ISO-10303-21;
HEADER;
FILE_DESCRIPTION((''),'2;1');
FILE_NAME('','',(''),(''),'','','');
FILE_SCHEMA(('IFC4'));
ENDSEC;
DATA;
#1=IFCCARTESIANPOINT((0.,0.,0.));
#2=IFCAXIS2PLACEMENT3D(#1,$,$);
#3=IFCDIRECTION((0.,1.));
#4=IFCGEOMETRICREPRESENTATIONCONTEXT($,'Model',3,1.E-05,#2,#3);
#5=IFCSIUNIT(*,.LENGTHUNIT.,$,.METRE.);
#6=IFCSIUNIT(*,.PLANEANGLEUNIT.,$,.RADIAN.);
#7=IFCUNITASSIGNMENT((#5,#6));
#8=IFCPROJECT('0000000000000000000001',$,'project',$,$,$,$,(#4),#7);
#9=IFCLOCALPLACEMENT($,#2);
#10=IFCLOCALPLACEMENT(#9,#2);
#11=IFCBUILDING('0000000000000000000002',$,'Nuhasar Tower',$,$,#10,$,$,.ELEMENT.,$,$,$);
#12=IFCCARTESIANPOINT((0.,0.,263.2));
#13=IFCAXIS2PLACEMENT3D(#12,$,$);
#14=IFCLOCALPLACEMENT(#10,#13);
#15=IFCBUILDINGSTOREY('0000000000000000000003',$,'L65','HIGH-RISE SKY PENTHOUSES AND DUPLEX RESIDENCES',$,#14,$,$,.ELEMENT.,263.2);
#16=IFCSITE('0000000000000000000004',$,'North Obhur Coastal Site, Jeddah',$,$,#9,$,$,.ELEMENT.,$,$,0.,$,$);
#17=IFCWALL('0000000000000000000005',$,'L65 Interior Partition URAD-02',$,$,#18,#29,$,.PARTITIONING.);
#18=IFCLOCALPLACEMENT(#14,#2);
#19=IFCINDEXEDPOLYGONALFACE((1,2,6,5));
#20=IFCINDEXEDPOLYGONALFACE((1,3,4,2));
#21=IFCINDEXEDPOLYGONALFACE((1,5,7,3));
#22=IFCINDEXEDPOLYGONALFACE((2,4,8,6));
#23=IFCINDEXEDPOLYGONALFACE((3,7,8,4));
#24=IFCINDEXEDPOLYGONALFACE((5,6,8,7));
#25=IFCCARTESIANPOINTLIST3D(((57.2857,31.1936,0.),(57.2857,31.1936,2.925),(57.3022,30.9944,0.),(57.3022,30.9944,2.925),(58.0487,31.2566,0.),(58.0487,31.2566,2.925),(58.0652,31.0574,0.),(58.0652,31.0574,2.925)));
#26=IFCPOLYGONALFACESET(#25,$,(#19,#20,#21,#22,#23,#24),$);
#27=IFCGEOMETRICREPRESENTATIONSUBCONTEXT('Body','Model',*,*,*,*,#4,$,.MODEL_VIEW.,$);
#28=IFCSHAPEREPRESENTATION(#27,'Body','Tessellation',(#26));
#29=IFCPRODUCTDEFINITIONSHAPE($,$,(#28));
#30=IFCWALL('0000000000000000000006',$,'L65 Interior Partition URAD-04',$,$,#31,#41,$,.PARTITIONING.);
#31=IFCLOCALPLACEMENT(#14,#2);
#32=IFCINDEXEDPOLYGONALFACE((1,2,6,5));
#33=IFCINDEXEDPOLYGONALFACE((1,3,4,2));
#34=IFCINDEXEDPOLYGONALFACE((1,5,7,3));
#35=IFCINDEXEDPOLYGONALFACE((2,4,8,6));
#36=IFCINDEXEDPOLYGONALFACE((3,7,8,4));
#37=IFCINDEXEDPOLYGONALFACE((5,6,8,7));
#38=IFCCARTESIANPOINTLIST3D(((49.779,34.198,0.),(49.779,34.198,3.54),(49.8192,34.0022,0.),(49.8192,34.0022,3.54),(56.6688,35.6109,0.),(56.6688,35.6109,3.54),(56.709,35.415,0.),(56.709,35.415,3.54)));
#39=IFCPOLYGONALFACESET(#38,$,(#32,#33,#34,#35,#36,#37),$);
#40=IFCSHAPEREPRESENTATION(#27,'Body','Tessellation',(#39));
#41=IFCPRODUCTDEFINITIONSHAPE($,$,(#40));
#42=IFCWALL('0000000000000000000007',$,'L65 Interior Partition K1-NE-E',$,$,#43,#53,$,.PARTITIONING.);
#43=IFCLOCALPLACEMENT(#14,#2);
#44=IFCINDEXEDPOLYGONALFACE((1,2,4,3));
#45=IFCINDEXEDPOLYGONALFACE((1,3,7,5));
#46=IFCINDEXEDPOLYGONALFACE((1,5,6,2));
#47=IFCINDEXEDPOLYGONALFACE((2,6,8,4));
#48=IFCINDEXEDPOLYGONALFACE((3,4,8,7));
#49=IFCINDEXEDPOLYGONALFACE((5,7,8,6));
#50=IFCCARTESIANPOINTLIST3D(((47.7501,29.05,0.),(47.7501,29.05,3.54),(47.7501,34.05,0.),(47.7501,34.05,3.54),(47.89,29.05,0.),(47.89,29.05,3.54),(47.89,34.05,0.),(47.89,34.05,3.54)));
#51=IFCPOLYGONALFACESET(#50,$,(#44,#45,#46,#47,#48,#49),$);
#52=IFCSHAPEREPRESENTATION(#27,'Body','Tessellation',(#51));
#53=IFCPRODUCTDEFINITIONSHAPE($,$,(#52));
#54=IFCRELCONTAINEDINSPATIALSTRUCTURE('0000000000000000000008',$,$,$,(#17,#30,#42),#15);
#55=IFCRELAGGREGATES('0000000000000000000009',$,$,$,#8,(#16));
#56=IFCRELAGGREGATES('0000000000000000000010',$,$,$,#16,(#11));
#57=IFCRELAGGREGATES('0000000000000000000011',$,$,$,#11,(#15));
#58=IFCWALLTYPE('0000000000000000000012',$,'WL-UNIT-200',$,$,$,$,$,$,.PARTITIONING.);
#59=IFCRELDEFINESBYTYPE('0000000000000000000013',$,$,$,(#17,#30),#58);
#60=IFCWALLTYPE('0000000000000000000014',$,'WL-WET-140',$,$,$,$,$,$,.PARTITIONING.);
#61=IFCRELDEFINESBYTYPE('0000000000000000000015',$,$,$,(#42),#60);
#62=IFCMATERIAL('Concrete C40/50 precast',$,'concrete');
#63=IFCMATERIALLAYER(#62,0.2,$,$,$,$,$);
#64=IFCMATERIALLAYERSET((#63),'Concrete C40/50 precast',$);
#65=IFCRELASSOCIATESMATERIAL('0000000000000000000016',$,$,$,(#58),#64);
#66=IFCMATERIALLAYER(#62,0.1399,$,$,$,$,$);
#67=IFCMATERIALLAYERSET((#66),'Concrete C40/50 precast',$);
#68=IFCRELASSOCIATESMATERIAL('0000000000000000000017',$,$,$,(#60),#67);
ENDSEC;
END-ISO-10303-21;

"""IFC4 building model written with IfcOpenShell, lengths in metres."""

from ifc_helpers import new_model, si_unit, direction, frame, frame_2d, origin, place, context, subcontext, project, spatial, rectangle, extrude, material, layer, layer_set, type_object, element, save


model = new_model("IFC4")

# Units and contexts
model_context = context("Model", 3, precision=1e-05, world=origin(), true_north=direction((0.0, 1.0)))
body_context = subcontext(model_context, "Body", "Model", "MODEL_VIEW")
ifc_project = project(units=[si_unit("LENGTHUNIT", "METRE"), si_unit("PLANEANGLEUNIT", "RADIAN")], contexts=[model_context])

# Site, building, storey
site_placement = place(None, origin())
site = spatial("IfcSite", under=ifc_project, at=site_placement, Name="North Obhur Coastal Site, Jeddah", CompositionType="ELEMENT", RefElevation=0.0)
building_placement = place(site_placement, origin())
building = spatial("IfcBuilding", under=site, at=building_placement, Name="Nuhasar Tower", CompositionType="ELEMENT")
storey_placement = place(building_placement, frame((0.0, 0.0, 263.2)))
storey = spatial("IfcBuildingStorey", under=building, at=storey_placement, Name="L65", Description="HIGH-RISE SKY PENTHOUSES AND DUPLEX RESIDENCES", CompositionType="ELEMENT", Elevation=263.2)

# Walls
ifc_material_1 = material(Name="Concrete C40/50 precast", Category="concrete")
ifc_layer_1 = layer(ifc_material_1, 0.2)
ifc_layer_set_1 = layer_set([ifc_layer_1], Name="Concrete C40/50 precast")
wall_type_1 = type_object("IfcWallType", Name="WL-UNIT-200", PredefinedType="PARTITIONING", material=ifc_layer_set_1)
wall_1_placement = place(storey_placement, frame((57.2939, 31.094, 0.0), z_axis=(0.0, 0.0, 1.0), x_axis=(0.996609, 0.08228, 0.0)))
element("IfcWall", 1, at=wall_1_placement, inside=storey, type_object=wall_type_1, Name="L65 Interior Partition URAD-02", PredefinedType="PARTITIONING", context=body_context, shape_type="SweptSolid", body=[
    extrude(rectangle(XDim=0.7656, YDim=0.2, at=frame_2d((0.3828, 0.0))), origin(), (0.0, 0.0, 1.0), 2.925),
])
wall_2_placement = place(storey_placement, frame((49.7991, 34.1001, 0.0), z_axis=(0.0, 0.0, 1.0), x_axis=(0.979616, 0.20088, 0.0)))
element("IfcWall", 2, at=wall_2_placement, inside=storey, type_object=wall_type_1, Name="L65 Interior Partition URAD-04", PredefinedType="PARTITIONING", context=body_context, shape_type="SweptSolid", body=[
    extrude(rectangle(XDim=7.0332, YDim=0.2, at=frame_2d((3.5166, 0.0))), origin(), (0.0, 0.0, 1.0), 3.54),
])
ifc_layer_2 = layer(ifc_material_1, 0.1399)
ifc_layer_set_2 = layer_set([ifc_layer_2], Name="Concrete C40/50 precast")
wall_type_2 = type_object("IfcWallType", Name="WL-WET-140", PredefinedType="PARTITIONING", material=ifc_layer_set_2)
wall_3_placement = place(storey_placement, frame((47.8201, 29.05, 0.0), z_axis=(0.0, 0.0, 1.0), x_axis=(0.0, 1.0, 0.0)))
element("IfcWall", 3, at=wall_3_placement, inside=storey, type_object=wall_type_2, Name="L65 Interior Partition K1-NE-E", PredefinedType="PARTITIONING", context=body_context, shape_type="SweptSolid", body=[
    extrude(rectangle(XDim=5.0, YDim=0.1399, at=frame_2d((2.5, 0.0))), origin(), (0.0, 0.0, 1.0), 3.54),
])

save(model, "model.ifc")
